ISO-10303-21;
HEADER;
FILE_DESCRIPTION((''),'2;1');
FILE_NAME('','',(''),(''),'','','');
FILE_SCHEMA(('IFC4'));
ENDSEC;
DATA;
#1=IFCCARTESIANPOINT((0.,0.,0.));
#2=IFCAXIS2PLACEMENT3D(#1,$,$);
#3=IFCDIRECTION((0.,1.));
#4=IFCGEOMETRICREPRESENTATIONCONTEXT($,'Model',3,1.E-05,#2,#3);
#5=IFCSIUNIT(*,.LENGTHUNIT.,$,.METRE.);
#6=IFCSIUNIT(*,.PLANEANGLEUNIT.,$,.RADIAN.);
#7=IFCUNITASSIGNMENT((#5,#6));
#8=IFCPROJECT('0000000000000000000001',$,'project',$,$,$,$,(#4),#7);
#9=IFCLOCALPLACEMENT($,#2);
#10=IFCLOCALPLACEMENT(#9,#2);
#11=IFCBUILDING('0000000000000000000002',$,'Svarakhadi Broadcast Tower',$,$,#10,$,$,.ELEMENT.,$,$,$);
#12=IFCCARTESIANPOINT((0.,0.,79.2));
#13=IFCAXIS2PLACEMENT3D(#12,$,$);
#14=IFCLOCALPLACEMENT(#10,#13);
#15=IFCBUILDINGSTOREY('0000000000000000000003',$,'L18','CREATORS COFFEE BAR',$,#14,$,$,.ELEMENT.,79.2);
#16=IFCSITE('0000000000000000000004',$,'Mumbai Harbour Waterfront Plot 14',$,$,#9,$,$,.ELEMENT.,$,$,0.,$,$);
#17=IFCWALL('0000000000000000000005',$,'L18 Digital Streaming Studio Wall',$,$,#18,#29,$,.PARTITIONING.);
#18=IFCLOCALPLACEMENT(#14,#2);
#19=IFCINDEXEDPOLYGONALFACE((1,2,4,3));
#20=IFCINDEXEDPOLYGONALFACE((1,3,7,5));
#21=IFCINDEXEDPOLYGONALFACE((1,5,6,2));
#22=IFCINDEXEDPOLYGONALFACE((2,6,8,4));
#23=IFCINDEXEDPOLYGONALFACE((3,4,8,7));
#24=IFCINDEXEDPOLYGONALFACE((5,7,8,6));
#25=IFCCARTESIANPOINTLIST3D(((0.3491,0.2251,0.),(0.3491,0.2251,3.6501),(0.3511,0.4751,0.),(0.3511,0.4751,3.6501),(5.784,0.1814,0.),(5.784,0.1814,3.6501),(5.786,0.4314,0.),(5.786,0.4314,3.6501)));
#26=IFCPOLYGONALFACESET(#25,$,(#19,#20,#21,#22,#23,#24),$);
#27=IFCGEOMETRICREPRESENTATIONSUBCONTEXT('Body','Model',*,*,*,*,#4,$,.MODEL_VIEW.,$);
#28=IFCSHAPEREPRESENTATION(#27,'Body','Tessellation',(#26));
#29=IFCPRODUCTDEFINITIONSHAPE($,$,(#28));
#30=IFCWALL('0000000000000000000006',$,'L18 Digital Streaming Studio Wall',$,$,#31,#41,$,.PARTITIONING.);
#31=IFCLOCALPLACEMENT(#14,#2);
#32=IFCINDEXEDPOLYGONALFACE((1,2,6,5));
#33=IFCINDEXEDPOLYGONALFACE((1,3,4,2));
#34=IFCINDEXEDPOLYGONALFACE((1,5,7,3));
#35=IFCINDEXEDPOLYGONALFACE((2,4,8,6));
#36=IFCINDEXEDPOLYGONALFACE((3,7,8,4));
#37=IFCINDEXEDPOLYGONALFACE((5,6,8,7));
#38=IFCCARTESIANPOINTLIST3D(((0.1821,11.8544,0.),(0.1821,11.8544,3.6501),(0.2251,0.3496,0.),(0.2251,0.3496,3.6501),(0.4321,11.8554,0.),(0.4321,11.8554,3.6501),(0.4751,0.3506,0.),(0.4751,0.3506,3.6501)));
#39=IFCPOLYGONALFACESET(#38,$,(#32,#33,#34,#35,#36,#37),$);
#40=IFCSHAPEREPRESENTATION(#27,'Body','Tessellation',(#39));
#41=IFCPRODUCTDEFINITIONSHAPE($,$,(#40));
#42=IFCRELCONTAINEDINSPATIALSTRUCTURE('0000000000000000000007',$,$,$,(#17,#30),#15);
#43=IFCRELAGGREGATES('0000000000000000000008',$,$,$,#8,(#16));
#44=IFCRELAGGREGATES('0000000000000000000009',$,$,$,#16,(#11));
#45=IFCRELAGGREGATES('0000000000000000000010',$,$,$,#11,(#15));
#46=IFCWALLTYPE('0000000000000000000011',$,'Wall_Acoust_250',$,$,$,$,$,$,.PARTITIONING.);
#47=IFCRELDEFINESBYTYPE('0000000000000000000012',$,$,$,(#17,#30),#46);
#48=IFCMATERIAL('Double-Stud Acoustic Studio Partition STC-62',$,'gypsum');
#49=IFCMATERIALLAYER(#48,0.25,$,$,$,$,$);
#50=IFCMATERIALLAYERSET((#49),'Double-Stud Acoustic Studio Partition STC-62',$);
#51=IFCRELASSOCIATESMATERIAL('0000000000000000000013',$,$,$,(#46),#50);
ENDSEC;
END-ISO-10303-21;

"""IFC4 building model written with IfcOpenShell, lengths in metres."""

from ifc_helpers import new_model, si_unit, direction, frame, frame_2d, origin, place, context, subcontext, project, spatial, rectangle, extrude, material, layer, layer_set, type_object, element, save


model = new_model("IFC4")

# Units and contexts
model_context = context("Model", 3, precision=1e-05, world=origin(), true_north=direction((0.0, 1.0)))
body_context = subcontext(model_context, "Body", "Model", "MODEL_VIEW")
ifc_project = project(units=[si_unit("LENGTHUNIT", "METRE"), si_unit("PLANEANGLEUNIT", "RADIAN")], contexts=[model_context])

# Site, building, storey
site_placement = place(None, origin())
site = spatial("IfcSite", under=ifc_project, at=site_placement, Name="Mumbai Harbour Waterfront Plot 14", CompositionType="ELEMENT", RefElevation=0.0)
building_placement = place(site_placement, origin())
building = spatial("IfcBuilding", under=site, at=building_placement, Name="Svarakhadi Broadcast Tower", CompositionType="ELEMENT")
storey_placement = place(building_placement, frame((0.0, 0.0, 79.2)))
storey = spatial("IfcBuildingStorey", under=building, at=storey_placement, Name="L18", Description="CREATORS COFFEE BAR", CompositionType="ELEMENT", Elevation=79.2)

# Walls
ifc_material_1 = material(Name="Double-Stud Acoustic Studio Partition STC-62", Category="gypsum")
ifc_layer_1 = layer(ifc_material_1, 0.25)
ifc_layer_set_1 = layer_set([ifc_layer_1], Name="Double-Stud Acoustic Studio Partition STC-62")
wall_type = type_object("IfcWallType", Name="Wall_Acoust_250", PredefinedType="PARTITIONING", material=ifc_layer_set_1)
wall_1_placement = place(storey_placement, frame((0.3501, 0.3501, 0.0), z_axis=(0.0, 0.0, 1.0), x_axis=(0.999968, -0.008041, 0.0)))
element("IfcWall", 1, at=wall_1_placement, inside=storey, type_object=wall_type, Name="L18 Digital Streaming Studio Wall", PredefinedType="PARTITIONING", context=body_context, shape_type="SweptSolid", body=[
    extrude(rectangle(XDim=5.4351, YDim=0.25, at=frame_2d((2.7175, 0.0))), origin(), (0.0, 0.0, 1.0), 3.6501),
])
wall_2_placement = place(storey_placement, frame((0.3501, 0.3501, 0.0), z_axis=(0.0, 0.0, 1.0), x_axis=(-0.003735, 0.999993, 0.0)))
element("IfcWall", 2, at=wall_2_placement, inside=storey, type_object=wall_type, Name="L18 Digital Streaming Studio Wall", PredefinedType="PARTITIONING", context=body_context, shape_type="SweptSolid", body=[
    extrude(rectangle(XDim=11.5049, YDim=0.25, at=frame_2d((5.7524, 0.0))), origin(), (0.0, 0.0, 1.0), 3.6501),
])

save(model, "model.ifc")
